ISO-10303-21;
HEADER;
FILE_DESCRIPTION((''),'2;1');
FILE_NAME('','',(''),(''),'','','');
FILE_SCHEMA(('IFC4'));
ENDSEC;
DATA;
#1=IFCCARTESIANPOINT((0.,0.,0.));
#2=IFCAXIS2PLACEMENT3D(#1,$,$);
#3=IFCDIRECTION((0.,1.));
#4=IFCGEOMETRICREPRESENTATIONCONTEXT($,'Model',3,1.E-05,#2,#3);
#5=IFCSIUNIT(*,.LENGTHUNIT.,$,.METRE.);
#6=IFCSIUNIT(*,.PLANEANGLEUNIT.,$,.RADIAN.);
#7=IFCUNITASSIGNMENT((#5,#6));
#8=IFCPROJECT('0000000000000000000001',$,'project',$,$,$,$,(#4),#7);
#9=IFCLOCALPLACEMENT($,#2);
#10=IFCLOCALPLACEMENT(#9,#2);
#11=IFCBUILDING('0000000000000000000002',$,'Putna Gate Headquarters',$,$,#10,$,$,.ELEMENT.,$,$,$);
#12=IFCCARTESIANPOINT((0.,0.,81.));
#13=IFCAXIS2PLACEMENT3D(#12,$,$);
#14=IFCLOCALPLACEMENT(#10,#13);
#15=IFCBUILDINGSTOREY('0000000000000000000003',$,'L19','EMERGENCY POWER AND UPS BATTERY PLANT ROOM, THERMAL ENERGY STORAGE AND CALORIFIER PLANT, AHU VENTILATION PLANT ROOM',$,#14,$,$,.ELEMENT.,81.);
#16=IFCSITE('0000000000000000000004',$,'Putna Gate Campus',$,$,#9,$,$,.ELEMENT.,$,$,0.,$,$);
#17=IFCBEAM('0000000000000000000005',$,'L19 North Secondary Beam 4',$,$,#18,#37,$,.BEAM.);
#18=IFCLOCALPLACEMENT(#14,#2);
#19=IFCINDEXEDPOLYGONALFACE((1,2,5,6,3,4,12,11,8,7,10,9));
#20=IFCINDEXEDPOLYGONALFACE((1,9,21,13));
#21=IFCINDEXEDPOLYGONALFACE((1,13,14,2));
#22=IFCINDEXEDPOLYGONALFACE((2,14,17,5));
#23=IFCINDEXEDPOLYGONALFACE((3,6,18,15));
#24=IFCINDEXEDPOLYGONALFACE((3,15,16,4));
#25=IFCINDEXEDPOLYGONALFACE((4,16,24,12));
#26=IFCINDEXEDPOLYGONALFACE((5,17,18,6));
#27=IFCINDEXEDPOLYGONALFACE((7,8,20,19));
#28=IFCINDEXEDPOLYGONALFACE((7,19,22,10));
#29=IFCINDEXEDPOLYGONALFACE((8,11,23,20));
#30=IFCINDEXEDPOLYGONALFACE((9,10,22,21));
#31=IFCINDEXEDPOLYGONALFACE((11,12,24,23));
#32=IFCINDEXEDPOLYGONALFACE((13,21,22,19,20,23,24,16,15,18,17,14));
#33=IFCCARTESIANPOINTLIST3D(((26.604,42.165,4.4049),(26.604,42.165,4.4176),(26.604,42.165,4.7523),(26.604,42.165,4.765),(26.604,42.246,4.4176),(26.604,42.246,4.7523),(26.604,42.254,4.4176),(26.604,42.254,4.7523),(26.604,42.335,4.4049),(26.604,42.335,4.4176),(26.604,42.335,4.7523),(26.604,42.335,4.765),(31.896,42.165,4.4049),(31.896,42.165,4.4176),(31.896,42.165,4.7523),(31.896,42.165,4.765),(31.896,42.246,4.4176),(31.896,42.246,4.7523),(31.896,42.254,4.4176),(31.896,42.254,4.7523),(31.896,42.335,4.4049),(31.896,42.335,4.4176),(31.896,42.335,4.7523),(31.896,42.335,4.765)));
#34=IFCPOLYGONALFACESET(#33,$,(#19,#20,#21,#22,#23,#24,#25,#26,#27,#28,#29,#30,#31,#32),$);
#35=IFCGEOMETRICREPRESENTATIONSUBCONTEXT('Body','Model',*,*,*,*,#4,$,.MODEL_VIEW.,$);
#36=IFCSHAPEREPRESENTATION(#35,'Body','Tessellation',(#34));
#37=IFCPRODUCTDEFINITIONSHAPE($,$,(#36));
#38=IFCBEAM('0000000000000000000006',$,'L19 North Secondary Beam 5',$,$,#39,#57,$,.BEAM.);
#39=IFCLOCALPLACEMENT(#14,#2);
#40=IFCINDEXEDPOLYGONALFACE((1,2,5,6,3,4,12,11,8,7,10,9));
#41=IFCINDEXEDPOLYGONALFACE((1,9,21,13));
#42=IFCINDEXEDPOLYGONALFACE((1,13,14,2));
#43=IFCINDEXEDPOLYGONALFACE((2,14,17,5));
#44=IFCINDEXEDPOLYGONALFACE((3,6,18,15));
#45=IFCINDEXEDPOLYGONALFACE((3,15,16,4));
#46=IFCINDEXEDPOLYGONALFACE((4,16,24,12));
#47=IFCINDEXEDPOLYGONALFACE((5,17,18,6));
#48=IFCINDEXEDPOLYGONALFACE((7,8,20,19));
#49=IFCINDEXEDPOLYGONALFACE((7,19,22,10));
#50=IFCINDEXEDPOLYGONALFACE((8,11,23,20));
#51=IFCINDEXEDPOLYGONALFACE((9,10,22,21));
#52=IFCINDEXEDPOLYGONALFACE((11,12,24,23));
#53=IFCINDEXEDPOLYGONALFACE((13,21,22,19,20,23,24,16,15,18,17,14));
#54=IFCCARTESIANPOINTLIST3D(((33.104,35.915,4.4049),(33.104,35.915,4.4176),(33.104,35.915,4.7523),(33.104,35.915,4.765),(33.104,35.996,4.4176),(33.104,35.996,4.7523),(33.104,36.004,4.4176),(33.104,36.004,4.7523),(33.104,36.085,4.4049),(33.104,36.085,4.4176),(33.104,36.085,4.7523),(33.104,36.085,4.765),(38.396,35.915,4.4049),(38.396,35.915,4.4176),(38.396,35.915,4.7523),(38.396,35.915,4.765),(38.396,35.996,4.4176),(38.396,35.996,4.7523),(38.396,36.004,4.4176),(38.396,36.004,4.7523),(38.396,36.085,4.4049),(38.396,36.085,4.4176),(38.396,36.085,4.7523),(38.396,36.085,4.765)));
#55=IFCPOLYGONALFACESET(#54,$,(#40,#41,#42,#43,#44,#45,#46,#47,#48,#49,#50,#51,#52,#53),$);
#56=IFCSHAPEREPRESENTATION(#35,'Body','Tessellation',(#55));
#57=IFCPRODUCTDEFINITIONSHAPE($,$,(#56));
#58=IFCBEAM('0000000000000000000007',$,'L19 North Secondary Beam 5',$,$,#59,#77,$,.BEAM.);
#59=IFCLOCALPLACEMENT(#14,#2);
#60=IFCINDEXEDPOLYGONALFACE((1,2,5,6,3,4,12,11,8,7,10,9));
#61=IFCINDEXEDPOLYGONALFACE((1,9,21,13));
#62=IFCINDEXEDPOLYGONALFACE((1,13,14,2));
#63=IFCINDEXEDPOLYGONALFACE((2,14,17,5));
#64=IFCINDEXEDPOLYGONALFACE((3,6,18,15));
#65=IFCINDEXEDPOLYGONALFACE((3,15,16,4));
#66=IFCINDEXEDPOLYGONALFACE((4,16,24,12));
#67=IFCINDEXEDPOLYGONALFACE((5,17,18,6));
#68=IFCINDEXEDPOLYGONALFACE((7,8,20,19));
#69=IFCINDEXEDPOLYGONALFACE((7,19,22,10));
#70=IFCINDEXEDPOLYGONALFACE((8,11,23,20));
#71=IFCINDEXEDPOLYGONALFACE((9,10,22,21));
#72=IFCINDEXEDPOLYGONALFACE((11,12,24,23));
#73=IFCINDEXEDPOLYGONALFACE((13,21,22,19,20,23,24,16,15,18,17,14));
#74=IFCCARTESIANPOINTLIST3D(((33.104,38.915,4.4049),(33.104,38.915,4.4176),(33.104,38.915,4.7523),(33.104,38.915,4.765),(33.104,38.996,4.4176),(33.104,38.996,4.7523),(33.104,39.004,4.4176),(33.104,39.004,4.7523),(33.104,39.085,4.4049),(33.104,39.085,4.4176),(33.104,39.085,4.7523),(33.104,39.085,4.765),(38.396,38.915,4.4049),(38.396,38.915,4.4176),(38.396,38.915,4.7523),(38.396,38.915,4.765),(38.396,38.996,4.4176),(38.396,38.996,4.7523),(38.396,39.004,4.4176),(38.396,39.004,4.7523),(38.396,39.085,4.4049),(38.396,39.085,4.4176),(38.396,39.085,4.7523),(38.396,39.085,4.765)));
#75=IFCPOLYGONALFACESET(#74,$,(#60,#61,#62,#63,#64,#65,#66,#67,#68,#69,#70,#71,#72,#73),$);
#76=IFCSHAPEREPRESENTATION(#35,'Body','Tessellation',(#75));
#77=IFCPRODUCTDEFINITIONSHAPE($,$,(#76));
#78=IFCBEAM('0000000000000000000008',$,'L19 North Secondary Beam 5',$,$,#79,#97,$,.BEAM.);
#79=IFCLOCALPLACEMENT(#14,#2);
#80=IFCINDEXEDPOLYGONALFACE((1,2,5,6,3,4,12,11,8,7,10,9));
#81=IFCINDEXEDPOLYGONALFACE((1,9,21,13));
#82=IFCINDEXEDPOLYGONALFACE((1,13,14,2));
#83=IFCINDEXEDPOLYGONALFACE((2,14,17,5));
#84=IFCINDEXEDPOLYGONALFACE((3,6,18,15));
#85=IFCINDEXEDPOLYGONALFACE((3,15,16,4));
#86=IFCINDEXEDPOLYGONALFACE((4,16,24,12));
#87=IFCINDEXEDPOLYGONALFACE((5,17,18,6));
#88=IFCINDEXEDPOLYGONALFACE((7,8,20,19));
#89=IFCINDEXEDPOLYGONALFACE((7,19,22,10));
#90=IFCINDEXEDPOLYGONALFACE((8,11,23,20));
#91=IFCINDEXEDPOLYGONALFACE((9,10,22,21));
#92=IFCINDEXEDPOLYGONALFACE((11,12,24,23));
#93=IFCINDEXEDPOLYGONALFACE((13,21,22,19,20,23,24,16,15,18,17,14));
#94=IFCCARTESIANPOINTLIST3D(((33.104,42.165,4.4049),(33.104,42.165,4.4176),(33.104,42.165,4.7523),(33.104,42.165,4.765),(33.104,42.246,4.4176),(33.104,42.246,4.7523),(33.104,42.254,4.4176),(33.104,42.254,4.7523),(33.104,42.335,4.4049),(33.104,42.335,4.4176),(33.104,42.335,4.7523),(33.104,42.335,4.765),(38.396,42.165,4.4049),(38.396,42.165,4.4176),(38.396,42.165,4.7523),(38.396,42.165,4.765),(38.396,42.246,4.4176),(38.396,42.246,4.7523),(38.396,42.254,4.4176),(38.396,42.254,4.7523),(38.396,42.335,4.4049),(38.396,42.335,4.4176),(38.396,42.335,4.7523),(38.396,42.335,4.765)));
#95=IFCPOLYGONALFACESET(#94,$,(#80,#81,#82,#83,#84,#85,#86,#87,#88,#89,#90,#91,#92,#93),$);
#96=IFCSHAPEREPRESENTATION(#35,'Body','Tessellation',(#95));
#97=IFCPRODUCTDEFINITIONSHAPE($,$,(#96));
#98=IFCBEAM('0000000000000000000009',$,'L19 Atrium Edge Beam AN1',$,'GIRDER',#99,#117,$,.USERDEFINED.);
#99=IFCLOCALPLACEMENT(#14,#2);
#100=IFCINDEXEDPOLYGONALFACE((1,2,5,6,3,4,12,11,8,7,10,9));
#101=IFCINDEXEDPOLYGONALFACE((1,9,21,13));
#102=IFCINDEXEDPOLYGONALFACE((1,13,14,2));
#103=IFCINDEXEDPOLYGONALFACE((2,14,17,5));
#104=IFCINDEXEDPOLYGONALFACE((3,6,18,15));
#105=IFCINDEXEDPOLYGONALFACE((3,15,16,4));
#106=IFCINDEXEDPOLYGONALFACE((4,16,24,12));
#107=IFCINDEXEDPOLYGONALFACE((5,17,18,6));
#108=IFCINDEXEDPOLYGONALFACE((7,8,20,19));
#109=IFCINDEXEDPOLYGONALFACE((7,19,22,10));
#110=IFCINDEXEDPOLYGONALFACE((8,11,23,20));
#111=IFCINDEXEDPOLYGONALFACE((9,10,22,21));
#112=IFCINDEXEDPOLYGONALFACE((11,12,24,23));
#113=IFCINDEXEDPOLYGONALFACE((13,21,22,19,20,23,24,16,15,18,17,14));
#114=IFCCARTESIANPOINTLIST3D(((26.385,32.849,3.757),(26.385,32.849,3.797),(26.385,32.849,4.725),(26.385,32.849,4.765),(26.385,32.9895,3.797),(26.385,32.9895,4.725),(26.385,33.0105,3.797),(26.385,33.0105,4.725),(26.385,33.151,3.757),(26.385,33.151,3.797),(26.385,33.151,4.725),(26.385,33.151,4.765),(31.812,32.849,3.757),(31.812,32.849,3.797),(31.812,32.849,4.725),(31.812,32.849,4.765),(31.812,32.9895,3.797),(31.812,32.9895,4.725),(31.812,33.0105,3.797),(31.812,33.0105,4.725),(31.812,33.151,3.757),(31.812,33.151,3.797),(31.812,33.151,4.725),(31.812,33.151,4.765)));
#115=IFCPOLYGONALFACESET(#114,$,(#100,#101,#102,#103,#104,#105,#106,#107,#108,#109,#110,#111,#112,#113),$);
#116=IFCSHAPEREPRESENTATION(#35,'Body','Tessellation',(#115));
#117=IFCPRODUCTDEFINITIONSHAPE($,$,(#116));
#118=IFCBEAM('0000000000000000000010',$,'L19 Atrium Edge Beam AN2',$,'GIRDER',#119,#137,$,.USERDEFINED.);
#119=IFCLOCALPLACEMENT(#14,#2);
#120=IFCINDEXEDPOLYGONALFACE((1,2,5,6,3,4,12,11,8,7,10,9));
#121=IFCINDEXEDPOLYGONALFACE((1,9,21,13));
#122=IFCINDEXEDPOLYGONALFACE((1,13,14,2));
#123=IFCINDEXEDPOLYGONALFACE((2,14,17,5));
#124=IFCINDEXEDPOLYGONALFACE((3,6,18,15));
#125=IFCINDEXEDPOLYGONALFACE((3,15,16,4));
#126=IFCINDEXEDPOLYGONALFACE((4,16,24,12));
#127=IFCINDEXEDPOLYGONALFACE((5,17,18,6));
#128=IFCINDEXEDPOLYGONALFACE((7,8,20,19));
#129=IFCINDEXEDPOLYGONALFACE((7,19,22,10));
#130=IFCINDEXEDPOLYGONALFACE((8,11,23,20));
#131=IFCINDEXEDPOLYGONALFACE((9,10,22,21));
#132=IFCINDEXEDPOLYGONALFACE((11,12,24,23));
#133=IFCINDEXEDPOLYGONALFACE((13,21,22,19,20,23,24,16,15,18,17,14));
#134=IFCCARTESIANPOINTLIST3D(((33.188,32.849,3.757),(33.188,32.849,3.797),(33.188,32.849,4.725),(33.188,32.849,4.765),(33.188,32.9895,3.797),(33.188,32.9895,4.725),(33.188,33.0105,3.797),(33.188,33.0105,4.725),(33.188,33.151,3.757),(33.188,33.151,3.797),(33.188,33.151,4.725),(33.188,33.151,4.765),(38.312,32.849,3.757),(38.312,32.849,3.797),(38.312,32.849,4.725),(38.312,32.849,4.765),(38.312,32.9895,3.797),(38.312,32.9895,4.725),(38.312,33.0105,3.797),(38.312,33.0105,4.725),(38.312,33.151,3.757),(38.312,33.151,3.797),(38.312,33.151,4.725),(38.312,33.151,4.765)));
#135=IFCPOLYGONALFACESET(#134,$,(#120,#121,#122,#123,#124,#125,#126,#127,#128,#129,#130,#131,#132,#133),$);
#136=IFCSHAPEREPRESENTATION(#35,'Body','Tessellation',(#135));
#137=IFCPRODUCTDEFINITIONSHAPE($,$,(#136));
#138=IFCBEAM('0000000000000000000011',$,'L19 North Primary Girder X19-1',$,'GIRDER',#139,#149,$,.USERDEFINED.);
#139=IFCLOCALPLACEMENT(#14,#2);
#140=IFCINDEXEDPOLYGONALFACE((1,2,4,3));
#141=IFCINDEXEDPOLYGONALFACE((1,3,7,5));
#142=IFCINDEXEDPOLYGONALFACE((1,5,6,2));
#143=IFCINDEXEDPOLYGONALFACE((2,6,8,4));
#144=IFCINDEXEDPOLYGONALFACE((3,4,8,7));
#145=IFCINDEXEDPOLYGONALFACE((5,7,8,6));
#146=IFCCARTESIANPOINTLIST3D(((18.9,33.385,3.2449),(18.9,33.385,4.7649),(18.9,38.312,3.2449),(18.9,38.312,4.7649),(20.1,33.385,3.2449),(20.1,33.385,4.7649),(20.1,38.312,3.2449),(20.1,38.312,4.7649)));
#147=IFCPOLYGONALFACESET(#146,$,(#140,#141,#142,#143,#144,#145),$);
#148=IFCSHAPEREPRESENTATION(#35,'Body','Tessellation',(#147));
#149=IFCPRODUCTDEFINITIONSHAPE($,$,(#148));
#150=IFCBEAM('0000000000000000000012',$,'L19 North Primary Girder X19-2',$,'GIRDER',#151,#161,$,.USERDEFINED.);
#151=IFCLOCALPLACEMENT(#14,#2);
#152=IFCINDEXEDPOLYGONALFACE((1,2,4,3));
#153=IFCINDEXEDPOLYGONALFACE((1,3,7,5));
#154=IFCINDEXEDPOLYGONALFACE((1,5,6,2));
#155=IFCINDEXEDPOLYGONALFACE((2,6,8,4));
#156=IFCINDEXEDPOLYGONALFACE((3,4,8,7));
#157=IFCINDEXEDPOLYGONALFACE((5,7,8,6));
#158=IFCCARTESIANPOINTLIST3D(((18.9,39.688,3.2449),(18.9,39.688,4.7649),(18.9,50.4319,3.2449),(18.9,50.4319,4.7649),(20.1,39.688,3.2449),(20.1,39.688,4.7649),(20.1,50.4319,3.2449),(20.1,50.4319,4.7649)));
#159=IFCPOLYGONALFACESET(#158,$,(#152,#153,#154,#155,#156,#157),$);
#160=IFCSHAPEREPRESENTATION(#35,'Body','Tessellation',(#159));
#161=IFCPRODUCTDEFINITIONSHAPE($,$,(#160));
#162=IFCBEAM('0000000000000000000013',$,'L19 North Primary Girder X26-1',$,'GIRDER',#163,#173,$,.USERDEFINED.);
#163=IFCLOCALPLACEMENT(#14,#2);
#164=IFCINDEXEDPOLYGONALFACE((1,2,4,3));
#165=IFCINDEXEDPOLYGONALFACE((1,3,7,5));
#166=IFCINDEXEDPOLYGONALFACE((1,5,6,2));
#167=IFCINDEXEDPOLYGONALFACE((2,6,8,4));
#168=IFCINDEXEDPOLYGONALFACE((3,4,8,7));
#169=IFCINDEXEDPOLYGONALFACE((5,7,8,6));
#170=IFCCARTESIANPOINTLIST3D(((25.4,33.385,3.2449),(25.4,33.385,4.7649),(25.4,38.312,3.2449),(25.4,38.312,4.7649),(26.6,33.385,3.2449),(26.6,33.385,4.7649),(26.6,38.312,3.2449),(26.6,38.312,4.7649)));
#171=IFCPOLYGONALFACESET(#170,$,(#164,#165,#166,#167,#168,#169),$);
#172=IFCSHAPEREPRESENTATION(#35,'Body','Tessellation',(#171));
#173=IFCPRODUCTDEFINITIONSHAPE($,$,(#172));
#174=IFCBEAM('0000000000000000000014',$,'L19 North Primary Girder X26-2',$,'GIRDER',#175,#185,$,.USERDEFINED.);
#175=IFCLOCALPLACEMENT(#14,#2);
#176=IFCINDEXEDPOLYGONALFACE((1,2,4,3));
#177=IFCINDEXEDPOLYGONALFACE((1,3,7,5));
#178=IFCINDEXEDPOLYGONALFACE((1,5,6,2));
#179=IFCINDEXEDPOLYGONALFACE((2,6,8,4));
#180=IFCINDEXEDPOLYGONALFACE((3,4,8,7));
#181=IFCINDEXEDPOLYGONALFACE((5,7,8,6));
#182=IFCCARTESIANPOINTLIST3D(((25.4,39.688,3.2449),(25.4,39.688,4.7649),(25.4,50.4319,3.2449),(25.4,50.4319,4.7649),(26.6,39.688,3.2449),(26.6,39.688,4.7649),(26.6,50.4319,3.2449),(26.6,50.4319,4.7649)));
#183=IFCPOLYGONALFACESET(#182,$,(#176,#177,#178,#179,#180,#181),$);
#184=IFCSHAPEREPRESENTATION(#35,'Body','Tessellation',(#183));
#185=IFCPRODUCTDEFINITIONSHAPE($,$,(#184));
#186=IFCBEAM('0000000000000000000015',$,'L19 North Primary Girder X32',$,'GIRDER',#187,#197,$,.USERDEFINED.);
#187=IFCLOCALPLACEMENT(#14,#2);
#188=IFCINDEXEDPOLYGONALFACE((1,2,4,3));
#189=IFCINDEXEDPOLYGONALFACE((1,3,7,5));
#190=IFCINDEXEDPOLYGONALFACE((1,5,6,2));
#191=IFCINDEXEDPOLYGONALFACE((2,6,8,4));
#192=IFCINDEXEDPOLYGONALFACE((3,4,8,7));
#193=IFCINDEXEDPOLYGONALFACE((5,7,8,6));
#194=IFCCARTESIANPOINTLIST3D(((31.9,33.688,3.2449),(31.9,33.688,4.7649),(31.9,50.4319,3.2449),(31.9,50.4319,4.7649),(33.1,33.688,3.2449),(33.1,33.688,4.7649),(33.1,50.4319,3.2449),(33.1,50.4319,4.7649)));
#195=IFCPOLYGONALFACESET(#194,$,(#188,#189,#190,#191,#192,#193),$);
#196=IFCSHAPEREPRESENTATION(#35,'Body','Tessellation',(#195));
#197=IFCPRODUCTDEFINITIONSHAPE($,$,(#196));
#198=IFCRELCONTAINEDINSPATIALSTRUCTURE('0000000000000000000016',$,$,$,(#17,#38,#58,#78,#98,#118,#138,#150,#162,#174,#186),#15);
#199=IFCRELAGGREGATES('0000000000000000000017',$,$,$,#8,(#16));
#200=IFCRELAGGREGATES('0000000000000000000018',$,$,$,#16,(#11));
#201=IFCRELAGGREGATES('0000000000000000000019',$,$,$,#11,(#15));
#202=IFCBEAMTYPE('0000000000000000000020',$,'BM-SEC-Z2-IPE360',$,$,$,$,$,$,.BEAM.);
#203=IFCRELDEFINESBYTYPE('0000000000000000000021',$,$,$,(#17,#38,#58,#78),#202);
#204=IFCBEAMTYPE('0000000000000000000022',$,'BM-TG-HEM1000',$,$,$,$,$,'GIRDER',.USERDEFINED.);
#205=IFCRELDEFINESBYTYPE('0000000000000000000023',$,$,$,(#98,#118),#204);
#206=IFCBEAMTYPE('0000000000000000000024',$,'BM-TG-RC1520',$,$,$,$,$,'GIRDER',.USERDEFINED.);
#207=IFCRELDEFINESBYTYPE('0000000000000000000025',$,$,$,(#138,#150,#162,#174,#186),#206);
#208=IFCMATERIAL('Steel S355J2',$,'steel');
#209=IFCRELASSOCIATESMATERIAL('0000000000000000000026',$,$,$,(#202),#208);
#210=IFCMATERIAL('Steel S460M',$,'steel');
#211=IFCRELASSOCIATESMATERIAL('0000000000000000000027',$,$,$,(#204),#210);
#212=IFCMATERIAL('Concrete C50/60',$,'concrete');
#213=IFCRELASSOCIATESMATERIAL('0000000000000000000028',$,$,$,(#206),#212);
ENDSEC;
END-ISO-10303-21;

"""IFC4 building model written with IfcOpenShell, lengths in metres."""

from ifc_helpers import new_model, si_unit, direction, frame, origin, origin_2d, place, context, subcontext, project, spatial, rectangle, i_section, extrude, material, material_profile, profile_set, type_object, element, save


model = new_model("IFC4")

# Units and contexts
model_context = context("Model", 3, precision=1e-05, world=origin(), true_north=direction((0.0, 1.0)))
body_context = subcontext(model_context, "Body", "Model", "MODEL_VIEW")
ifc_project = project(units=[si_unit("LENGTHUNIT", "METRE"), si_unit("PLANEANGLEUNIT", "RADIAN")], contexts=[model_context])

# Site, building, storey
site_placement = place(None, origin())
site = spatial("IfcSite", under=ifc_project, at=site_placement, Name="Putna Gate Campus", CompositionType="ELEMENT", RefElevation=0.0)
building_placement = place(site_placement, origin())
building = spatial("IfcBuilding", under=site, at=building_placement, Name="Putna Gate Headquarters", CompositionType="ELEMENT")
storey_placement = place(building_placement, frame((0.0, 0.0, 81.0)))
storey = spatial("IfcBuildingStorey", under=building, at=storey_placement, Name="L19", Description="EMERGENCY POWER AND UPS BATTERY PLANT ROOM, THERMAL ENERGY STORAGE AND CALORIFIER PLANT, AHU VENTILATION PLANT ROOM", CompositionType="ELEMENT", Elevation=81.0)

# Beams
ifc_material_1 = material(Name="Steel S355J2", Category="steel")
ifc_material_profile_1 = material_profile(ifc_material_1, i_section(OverallWidth=0.1699, OverallDepth=0.3601, WebThickness=0.0081, FlangeThickness=0.0127, at=origin_2d()), Name="Steel S355J2")
ifc_profile_set_1 = profile_set([ifc_material_profile_1], Name="Steel S355J2")
beam_type_1 = type_object("IfcBeamType", Name="BM-SEC-Z2-IPE360", PredefinedType="BEAM", material=ifc_profile_set_1)
for number, where, z_axis, x_axis, name in (
    (1, (26.604, 42.25, 4.585), (1.0, 0.0, 0.0), (0.0, 1.0, 0.0), "L19 North Secondary Beam 4"),
    (2, (33.104, 36.0, 4.585), (1.0, 0.0, 0.0), (0.0, 1.0, 0.0), "L19 North Secondary Beam 5"),
    (3, (33.104, 39.0, 4.585), (1.0, 0.0, 0.0), (0.0, 1.0, 0.0), "L19 North Secondary Beam 5"),
    (4, (33.104, 42.25, 4.585), (1.0, 0.0, 0.0), (0.0, 1.0, 0.0), "L19 North Secondary Beam 5"),
):
    element("IfcBeam", number, at=place(storey_placement, frame(where, z_axis=z_axis, x_axis=x_axis)), inside=storey, type_object=beam_type_1, Name=name, PredefinedType="BEAM", context=body_context, shape_type="SweptSolid", body=[
        extrude(i_section(OverallWidth=0.1699, OverallDepth=0.3601, WebThickness=0.0081, FlangeThickness=0.0127, at=origin_2d()), origin(), (0.0, 0.0, 1.0), 5.292),
    ])
ifc_material_2 = material(Name="Steel S460M", Category="steel")
ifc_material_profile_2 = material_profile(ifc_material_2, i_section(OverallWidth=0.302, OverallDepth=1.0081, WebThickness=0.021, FlangeThickness=0.04, at=origin_2d()), Name="Steel S460M")
ifc_profile_set_2 = profile_set([ifc_material_profile_2], Name="Steel S460M")
beam_type_2 = type_object("IfcBeamType", Name="BM-TG-HEM1000", ElementType="GIRDER", PredefinedType="USERDEFINED", material=ifc_profile_set_2)
beam_1_placement = place(storey_placement, frame((26.385, 33.0, 4.261), z_axis=(1.0, 0.0, 0.0), x_axis=(0.0, 1.0, 0.0)))
element("IfcBeam", 5, at=beam_1_placement, inside=storey, type_object=beam_type_2, Name="L19 Atrium Edge Beam AN1", ObjectType="GIRDER", PredefinedType="USERDEFINED", context=body_context, shape_type="SweptSolid", body=[
    extrude(i_section(OverallWidth=0.302, OverallDepth=1.0081, WebThickness=0.021, FlangeThickness=0.04, at=origin_2d()), origin(), (0.0, 0.0, 1.0), 5.427),
])
beam_2_placement = place(storey_placement, frame((33.188, 33.0, 4.261), z_axis=(1.0, 0.0, 0.0), x_axis=(0.0, 1.0, 0.0)))
element("IfcBeam", 6, at=beam_2_placement, inside=storey, type_object=beam_type_2, Name="L19 Atrium Edge Beam AN2", ObjectType="GIRDER", PredefinedType="USERDEFINED", context=body_context, shape_type="SweptSolid", body=[
    extrude(i_section(OverallWidth=0.302, OverallDepth=1.0081, WebThickness=0.021, FlangeThickness=0.04, at=origin_2d()), origin(), (0.0, 0.0, 1.0), 5.124),
])
ifc_material_3 = material(Name="Concrete C50/60", Category="concrete")
ifc_material_profile_3 = material_profile(ifc_material_3, rectangle(XDim=1.2, YDim=1.52, at=origin_2d()), Name="Concrete C50/60")
ifc_profile_set_3 = profile_set([ifc_material_profile_3], Name="Concrete C50/60")
beam_type_3 = type_object("IfcBeamType", Name="BM-TG-RC1520", ElementType="GIRDER", PredefinedType="USERDEFINED", material=ifc_profile_set_3)
beam_3_placement = place(storey_placement, frame((19.5, 33.385, 4.0049), z_axis=(0.0, 1.0, 0.0), x_axis=(-1.0, 0.0, 0.0)))
element("IfcBeam", 7, at=beam_3_placement, inside=storey, type_object=beam_type_3, Name="L19 North Primary Girder X19-1", ObjectType="GIRDER", PredefinedType="USERDEFINED", context=body_context, shape_type="SweptSolid", body=[
    extrude(rectangle(XDim=1.2, YDim=1.52, at=origin_2d()), origin(), (0.0, 0.0, 1.0), 4.927),
])
beam_4_placement = place(storey_placement, frame((19.5, 39.688, 4.0049), z_axis=(0.0, 1.0, 0.0), x_axis=(-1.0, 0.0, 0.0)))
element("IfcBeam", 8, at=beam_4_placement, inside=storey, type_object=beam_type_3, Name="L19 North Primary Girder X19-2", ObjectType="GIRDER", PredefinedType="USERDEFINED", context=body_context, shape_type="SweptSolid", body=[
    extrude(rectangle(XDim=1.2, YDim=1.52, at=origin_2d()), origin(), (0.0, 0.0, 1.0), 10.7439),
])
beam_5_placement = place(storey_placement, frame((26.0, 33.385, 4.0049), z_axis=(0.0, 1.0, 0.0), x_axis=(-1.0, 0.0, 0.0)))
element("IfcBeam", 9, at=beam_5_placement, inside=storey, type_object=beam_type_3, Name="L19 North Primary Girder X26-1", ObjectType="GIRDER", PredefinedType="USERDEFINED", context=body_context, shape_type="SweptSolid", body=[
    extrude(rectangle(XDim=1.2, YDim=1.52, at=origin_2d()), origin(), (0.0, 0.0, 1.0), 4.927),
])
beam_6_placement = place(storey_placement, frame((26.0, 39.688, 4.0049), z_axis=(0.0, 1.0, 0.0), x_axis=(-1.0, 0.0, 0.0)))
element("IfcBeam", 10, at=beam_6_placement, inside=storey, type_object=beam_type_3, Name="L19 North Primary Girder X26-2", ObjectType="GIRDER", PredefinedType="USERDEFINED", context=body_context, shape_type="SweptSolid", body=[
    extrude(rectangle(XDim=1.2, YDim=1.52, at=origin_2d()), origin(), (0.0, 0.0, 1.0), 10.7439),
])
beam_7_placement = place(storey_placement, frame((32.5, 33.688, 4.0049), z_axis=(0.0, 1.0, 0.0), x_axis=(-1.0, 0.0, 0.0)))
element("IfcBeam", 11, at=beam_7_placement, inside=storey, type_object=beam_type_3, Name="L19 North Primary Girder X32", ObjectType="GIRDER", PredefinedType="USERDEFINED", context=body_context, shape_type="SweptSolid", body=[
    extrude(rectangle(XDim=1.2, YDim=1.52, at=origin_2d()), origin(), (0.0, 0.0, 1.0), 16.7439),
])

save(model, "model.ifc")
